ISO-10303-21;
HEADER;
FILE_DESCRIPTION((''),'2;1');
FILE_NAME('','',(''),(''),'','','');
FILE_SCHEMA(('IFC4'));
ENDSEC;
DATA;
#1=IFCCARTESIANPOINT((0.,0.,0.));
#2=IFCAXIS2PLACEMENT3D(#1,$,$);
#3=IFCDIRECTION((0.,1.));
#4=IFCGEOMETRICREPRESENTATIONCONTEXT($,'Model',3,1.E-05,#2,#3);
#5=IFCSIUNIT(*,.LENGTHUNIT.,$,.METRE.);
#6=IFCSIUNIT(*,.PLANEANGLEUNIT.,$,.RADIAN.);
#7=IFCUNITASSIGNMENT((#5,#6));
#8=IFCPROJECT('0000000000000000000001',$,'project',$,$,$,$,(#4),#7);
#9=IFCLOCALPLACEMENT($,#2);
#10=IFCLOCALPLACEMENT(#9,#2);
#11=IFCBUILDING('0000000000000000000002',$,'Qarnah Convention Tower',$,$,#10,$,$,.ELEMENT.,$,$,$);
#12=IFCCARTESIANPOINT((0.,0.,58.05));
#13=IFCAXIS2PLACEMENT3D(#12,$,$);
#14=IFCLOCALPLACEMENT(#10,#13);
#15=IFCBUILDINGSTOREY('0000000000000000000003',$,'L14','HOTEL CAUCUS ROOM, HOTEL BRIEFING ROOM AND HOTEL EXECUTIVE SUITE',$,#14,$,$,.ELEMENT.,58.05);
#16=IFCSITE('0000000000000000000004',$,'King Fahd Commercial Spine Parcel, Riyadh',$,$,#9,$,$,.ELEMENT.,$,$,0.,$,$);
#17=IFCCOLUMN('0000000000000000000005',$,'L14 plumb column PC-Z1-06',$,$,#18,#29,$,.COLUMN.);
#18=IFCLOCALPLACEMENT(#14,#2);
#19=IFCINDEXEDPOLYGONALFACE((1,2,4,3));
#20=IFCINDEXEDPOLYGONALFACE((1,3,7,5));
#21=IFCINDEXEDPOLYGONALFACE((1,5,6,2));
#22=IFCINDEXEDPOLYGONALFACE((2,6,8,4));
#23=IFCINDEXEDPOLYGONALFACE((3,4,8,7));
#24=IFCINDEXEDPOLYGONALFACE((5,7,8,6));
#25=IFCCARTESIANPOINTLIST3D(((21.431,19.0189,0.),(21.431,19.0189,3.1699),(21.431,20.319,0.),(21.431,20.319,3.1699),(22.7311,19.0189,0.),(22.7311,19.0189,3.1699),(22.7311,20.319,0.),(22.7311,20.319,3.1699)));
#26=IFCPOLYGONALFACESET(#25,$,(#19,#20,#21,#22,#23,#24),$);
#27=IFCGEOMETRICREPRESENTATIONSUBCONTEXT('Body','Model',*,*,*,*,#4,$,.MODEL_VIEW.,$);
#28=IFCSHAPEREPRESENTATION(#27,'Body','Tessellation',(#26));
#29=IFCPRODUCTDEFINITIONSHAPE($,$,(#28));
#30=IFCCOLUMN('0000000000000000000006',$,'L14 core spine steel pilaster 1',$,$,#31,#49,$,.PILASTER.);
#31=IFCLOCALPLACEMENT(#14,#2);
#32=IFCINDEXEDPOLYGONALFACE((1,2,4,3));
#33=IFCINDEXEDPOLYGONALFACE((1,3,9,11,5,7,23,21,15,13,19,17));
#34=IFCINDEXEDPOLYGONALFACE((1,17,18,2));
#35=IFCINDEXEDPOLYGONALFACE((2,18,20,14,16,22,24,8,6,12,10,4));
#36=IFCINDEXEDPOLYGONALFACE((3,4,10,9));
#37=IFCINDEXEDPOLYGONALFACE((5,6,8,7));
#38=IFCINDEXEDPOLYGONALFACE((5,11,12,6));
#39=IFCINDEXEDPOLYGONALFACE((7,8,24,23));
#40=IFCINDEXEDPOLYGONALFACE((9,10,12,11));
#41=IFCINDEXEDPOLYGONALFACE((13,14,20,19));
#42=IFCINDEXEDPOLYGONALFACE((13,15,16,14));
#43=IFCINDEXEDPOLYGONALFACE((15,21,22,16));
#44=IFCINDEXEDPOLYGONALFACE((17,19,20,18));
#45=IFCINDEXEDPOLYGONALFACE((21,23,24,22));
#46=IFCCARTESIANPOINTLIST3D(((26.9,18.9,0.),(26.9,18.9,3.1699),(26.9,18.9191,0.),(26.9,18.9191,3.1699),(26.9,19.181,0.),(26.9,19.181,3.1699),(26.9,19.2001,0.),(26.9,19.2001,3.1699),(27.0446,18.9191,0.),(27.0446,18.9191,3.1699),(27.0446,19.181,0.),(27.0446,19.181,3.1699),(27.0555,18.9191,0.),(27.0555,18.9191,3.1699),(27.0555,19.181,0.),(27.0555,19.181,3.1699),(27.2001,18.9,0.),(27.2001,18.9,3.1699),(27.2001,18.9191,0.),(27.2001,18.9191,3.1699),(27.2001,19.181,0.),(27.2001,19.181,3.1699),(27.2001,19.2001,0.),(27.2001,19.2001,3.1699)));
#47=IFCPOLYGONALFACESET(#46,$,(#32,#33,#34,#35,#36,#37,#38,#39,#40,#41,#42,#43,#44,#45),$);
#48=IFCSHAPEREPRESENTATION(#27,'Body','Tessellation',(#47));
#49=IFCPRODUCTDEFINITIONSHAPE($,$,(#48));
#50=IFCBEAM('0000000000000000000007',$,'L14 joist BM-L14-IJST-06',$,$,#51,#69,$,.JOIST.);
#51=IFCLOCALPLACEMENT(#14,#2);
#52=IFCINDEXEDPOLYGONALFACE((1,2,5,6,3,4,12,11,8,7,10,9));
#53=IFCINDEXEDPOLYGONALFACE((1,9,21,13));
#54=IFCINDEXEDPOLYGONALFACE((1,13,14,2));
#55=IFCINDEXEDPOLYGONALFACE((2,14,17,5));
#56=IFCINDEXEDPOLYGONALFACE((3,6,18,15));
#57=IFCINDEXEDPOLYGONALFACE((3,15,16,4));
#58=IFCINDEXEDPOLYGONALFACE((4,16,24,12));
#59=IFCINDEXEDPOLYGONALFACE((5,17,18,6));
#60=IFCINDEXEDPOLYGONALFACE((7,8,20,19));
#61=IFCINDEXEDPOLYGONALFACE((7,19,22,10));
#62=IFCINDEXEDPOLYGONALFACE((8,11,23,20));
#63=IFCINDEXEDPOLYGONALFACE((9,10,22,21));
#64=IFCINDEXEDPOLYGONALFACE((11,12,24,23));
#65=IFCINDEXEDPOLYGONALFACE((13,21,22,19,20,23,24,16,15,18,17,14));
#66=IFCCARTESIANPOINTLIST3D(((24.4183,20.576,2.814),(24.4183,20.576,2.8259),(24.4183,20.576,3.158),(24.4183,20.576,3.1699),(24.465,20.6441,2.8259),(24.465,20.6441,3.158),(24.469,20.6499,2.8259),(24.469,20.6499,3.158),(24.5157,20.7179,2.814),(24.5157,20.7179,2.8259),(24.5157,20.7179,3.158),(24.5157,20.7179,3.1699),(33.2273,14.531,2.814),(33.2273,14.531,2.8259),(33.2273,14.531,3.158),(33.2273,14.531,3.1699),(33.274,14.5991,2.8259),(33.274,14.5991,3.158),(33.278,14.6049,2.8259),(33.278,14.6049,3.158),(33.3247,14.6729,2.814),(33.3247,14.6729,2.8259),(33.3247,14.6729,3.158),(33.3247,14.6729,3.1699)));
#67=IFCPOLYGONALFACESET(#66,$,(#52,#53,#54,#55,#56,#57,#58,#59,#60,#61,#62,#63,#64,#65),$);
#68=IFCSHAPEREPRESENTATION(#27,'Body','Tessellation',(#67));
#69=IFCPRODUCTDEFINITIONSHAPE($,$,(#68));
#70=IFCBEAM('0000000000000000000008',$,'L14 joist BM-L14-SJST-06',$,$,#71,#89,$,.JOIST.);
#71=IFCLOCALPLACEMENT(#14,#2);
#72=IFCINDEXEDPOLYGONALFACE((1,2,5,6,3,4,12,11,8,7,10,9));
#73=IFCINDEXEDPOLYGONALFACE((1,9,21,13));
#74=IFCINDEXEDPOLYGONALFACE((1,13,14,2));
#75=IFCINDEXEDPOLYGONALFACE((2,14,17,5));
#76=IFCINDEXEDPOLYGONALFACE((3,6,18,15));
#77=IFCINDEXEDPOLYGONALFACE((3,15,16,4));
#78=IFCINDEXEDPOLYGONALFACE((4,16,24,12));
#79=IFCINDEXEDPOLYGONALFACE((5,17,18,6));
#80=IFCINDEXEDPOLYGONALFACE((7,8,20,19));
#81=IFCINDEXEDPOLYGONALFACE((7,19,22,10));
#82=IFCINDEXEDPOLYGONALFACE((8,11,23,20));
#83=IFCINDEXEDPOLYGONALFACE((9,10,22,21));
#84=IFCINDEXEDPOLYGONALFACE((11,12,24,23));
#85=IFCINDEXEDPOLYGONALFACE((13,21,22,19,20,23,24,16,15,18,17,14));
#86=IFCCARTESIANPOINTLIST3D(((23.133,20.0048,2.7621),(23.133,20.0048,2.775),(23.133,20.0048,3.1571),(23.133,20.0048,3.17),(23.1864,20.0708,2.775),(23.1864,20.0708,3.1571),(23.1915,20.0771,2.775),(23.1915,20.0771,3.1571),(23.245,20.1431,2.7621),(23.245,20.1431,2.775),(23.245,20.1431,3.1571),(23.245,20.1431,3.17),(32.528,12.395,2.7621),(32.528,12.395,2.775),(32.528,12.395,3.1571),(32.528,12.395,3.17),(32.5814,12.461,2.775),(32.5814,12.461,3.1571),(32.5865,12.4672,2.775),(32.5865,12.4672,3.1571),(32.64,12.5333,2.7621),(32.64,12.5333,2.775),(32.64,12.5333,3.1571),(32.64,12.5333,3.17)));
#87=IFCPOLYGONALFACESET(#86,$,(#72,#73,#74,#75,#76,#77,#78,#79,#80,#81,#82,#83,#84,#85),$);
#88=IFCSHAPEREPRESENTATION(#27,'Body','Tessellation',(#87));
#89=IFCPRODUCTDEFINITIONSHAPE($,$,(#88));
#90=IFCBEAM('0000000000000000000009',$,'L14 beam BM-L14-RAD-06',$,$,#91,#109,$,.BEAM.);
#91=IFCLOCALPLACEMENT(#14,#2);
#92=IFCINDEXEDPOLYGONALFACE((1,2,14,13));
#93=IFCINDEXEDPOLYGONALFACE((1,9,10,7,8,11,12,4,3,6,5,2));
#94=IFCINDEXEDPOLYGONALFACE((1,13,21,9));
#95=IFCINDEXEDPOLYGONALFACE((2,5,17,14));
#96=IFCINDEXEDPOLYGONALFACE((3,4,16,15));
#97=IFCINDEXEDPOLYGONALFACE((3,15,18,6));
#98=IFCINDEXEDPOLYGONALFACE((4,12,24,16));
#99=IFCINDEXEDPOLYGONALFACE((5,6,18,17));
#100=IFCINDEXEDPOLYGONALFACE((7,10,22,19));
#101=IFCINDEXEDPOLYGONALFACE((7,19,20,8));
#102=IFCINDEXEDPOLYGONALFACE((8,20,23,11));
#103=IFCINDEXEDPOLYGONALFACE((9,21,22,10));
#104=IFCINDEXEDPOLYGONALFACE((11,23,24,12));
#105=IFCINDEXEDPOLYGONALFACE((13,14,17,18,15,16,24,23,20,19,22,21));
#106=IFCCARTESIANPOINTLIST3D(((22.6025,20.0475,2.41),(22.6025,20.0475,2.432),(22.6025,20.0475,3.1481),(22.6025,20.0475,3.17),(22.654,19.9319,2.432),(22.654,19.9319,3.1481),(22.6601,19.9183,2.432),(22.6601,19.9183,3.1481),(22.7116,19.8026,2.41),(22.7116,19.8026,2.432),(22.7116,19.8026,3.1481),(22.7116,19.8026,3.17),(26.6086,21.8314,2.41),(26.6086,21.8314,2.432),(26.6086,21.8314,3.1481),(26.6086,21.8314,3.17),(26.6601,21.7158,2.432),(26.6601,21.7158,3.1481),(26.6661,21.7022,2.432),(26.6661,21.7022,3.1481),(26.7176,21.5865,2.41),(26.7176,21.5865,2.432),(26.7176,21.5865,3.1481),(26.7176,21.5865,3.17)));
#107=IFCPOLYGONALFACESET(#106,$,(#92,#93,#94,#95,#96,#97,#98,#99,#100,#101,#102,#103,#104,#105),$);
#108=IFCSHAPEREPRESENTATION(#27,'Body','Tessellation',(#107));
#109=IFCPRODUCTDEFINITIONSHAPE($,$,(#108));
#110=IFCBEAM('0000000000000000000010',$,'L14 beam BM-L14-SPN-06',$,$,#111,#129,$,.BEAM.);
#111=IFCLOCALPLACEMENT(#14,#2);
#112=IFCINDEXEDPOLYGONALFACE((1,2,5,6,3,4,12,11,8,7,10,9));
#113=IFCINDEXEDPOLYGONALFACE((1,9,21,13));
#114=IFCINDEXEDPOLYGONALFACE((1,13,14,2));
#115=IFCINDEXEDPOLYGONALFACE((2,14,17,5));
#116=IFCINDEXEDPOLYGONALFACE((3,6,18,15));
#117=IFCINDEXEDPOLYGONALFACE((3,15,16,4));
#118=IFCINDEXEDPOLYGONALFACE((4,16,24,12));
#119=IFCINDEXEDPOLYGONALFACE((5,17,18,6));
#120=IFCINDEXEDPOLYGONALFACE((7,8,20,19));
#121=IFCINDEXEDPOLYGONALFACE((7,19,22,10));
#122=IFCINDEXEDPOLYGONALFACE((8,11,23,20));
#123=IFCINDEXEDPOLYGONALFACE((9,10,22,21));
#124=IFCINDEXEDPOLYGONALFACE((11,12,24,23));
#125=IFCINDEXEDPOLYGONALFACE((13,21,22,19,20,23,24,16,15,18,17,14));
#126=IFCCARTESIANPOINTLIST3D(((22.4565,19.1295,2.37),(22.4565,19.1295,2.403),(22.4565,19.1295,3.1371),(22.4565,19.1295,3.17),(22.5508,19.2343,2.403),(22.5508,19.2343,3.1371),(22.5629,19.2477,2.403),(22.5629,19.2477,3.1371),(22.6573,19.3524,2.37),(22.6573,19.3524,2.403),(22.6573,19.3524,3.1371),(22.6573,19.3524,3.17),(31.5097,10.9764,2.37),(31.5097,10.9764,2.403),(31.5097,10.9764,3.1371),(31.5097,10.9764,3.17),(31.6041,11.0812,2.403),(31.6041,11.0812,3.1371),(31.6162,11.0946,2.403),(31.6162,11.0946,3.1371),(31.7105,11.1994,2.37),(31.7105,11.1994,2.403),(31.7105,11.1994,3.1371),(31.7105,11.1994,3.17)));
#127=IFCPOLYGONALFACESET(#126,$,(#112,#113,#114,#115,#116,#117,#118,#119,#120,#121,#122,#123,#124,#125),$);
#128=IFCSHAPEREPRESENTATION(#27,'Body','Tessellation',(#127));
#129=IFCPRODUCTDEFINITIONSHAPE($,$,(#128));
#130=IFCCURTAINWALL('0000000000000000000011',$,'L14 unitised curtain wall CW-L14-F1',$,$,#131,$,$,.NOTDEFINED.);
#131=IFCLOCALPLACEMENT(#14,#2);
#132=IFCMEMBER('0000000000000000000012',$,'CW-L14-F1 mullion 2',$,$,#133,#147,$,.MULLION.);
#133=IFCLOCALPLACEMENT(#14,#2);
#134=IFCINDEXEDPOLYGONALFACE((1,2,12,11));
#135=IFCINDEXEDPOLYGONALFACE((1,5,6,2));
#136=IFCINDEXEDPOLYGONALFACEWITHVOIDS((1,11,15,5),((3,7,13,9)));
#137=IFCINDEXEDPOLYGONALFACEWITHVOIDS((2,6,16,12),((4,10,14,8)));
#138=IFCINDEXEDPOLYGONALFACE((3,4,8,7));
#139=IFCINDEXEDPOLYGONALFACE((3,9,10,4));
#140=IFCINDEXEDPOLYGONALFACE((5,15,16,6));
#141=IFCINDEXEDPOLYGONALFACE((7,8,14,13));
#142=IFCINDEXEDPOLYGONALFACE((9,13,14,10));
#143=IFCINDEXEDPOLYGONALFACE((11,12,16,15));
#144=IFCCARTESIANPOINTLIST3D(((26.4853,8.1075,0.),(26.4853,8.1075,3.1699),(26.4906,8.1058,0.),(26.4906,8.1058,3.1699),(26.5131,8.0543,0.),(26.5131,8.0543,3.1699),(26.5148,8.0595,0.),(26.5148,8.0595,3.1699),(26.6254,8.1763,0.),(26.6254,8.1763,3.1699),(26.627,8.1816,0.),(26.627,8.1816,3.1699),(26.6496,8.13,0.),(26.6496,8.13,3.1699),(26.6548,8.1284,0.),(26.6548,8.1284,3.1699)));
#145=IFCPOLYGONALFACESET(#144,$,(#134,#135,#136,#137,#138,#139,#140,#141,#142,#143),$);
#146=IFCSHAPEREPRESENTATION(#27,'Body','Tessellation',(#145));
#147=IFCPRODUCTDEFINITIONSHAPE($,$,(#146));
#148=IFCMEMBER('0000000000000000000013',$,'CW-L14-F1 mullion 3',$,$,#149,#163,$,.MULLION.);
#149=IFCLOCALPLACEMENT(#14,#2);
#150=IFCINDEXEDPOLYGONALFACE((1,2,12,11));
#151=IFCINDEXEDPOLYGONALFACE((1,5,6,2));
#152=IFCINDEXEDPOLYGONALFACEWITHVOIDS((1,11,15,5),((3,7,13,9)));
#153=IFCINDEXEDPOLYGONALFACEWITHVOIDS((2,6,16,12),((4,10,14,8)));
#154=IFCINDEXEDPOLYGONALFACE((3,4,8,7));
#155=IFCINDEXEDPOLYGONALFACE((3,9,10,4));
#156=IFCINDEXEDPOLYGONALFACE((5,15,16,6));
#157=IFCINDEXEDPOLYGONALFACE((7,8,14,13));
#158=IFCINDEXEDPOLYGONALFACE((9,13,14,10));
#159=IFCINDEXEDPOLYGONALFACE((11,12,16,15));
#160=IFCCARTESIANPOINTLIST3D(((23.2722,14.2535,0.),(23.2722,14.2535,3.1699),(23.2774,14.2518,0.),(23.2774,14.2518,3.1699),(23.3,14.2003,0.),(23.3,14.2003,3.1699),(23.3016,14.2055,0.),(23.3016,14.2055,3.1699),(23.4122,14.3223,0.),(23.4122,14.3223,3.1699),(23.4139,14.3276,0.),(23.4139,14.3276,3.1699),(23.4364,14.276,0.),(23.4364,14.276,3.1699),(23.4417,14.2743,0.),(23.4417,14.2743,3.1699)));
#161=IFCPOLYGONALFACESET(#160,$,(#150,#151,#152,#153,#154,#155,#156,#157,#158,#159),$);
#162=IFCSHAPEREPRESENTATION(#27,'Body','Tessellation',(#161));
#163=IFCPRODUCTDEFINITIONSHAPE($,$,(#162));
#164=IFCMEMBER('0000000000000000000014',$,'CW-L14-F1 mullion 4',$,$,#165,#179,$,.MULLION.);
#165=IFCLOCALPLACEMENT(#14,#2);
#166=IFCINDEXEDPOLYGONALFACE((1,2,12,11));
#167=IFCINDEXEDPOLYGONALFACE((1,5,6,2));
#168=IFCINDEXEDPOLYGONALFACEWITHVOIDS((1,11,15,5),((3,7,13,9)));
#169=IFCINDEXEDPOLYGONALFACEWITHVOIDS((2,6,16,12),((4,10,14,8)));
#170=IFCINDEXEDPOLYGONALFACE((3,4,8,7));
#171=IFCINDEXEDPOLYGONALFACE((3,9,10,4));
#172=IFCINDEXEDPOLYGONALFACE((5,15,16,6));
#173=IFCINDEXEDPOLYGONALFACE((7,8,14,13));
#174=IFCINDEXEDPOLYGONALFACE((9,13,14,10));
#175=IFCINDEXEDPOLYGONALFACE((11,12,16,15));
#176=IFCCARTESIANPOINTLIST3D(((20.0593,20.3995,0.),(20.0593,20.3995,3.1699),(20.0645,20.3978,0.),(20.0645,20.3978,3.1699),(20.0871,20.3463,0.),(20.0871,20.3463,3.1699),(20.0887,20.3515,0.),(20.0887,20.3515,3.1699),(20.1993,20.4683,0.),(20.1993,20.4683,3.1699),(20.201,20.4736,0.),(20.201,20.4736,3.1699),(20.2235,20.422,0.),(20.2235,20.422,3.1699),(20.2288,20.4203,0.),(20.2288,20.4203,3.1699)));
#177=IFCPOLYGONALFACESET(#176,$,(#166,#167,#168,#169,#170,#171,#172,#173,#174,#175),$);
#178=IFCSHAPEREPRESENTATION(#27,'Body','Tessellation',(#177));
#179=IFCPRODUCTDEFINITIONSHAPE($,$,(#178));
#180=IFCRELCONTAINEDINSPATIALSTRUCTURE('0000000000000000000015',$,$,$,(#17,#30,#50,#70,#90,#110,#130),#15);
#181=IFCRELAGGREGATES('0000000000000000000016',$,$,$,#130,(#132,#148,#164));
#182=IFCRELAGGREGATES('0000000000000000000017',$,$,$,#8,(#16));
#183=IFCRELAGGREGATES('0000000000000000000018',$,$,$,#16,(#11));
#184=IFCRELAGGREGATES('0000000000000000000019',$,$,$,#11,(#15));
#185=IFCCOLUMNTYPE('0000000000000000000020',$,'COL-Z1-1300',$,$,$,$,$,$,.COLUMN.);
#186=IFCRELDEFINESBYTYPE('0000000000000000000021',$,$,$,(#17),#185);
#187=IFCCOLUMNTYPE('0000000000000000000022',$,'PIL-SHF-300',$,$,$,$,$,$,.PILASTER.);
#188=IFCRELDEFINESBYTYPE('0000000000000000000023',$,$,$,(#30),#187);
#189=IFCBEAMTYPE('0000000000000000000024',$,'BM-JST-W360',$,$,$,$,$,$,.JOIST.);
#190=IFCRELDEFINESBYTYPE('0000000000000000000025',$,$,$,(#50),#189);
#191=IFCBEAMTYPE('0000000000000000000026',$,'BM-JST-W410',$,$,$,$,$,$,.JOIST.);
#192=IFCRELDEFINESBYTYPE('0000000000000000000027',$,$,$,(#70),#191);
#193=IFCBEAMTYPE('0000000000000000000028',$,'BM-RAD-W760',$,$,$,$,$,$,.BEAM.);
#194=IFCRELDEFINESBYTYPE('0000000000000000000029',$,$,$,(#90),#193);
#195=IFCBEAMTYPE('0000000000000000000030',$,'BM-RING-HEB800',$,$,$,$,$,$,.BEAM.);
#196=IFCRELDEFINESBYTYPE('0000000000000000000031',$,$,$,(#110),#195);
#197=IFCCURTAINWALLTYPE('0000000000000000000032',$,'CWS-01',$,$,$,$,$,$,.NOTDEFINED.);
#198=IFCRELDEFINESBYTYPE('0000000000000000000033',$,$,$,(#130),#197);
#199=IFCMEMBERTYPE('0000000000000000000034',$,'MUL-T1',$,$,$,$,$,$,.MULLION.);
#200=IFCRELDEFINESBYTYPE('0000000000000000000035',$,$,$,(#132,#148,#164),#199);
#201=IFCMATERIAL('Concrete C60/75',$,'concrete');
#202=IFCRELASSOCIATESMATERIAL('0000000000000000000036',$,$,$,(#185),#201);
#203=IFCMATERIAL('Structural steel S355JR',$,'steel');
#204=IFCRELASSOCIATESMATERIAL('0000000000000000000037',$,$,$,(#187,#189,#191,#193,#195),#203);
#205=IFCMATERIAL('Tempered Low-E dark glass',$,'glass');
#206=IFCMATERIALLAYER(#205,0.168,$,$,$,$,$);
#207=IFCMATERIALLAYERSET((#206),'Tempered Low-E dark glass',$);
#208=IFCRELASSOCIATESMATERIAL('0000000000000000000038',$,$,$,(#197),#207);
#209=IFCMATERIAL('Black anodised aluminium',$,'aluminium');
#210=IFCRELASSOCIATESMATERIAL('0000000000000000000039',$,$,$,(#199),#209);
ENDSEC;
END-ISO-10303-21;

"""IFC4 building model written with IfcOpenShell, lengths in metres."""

from ifc_helpers import new_model, si_unit, direction, frame, origin, origin_2d, place, context, subcontext, project, spatial, rectangle, hollow_rectangle, i_section, extrude, material, layer, layer_set, material_profile, profile_set, type_object, element, aggregate, save


model = new_model("IFC4")

# Units and contexts
model_context = context("Model", 3, precision=1e-05, world=origin(), true_north=direction((0.0, 1.0)))
body_context = subcontext(model_context, "Body", "Model", "MODEL_VIEW")
ifc_project = project(units=[si_unit("LENGTHUNIT", "METRE"), si_unit("PLANEANGLEUNIT", "RADIAN")], contexts=[model_context])

# Site, building, storey
site_placement = place(None, origin())
site = spatial("IfcSite", under=ifc_project, at=site_placement, Name="King Fahd Commercial Spine Parcel, Riyadh", CompositionType="ELEMENT", RefElevation=0.0)
building_placement = place(site_placement, origin())
building = spatial("IfcBuilding", under=site, at=building_placement, Name="Qarnah Convention Tower", CompositionType="ELEMENT")
storey_placement = place(building_placement, frame((0.0, 0.0, 58.05)))
storey = spatial("IfcBuildingStorey", under=building, at=storey_placement, Name="L14", Description="HOTEL CAUCUS ROOM, HOTEL BRIEFING ROOM AND HOTEL EXECUTIVE SUITE", CompositionType="ELEMENT", Elevation=58.05)

# Columns
ifc_material_1 = material(Name="Concrete C60/75", Category="concrete")
ifc_material_profile_1 = material_profile(ifc_material_1, rectangle(XDim=1.3, YDim=1.3, at=origin_2d()), Name="RC-COL-1300X1300")
ifc_profile_set_1 = profile_set([ifc_material_profile_1], Name="Concrete C60/75")
column_type_1 = type_object("IfcColumnType", Name="COL-Z1-1300", PredefinedType="COLUMN", material=ifc_profile_set_1)
column_1_placement = place(storey_placement, frame((22.0811, 19.6689, 0.0), z_axis=(0.0, 0.0, 1.0), x_axis=(1.0, 0.0, 0.0)))
element("IfcColumn", 1, at=column_1_placement, inside=storey, type_object=column_type_1, Name="L14 plumb column PC-Z1-06", PredefinedType="COLUMN", context=body_context, shape_type="SweptSolid", body=[
    extrude(rectangle(XDim=1.3, YDim=1.3, at=origin_2d()), origin(), (0.0, 0.0, 1.0), 3.1699),
])
ifc_material_2 = material(Name="Structural steel S355JR", Category="steel")
ifc_material_profile_2 = material_profile(ifc_material_2, i_section(OverallWidth=0.3, OverallDepth=0.3, WebThickness=0.011, FlangeThickness=0.019, at=origin_2d()), Name="HEB300")
ifc_profile_set_2 = profile_set([ifc_material_profile_2], Name="Structural steel S355JR")
column_type_2 = type_object("IfcColumnType", Name="PIL-SHF-300", PredefinedType="PILASTER", material=ifc_profile_set_2)
column_2_placement = place(storey_placement, frame((27.05, 19.05, 0.0), z_axis=(0.0, 0.0, 1.0), x_axis=(1.0, 0.0, 0.0)))
element("IfcColumn", 2, at=column_2_placement, inside=storey, type_object=column_type_2, Name="L14 core spine steel pilaster 1", PredefinedType="PILASTER", context=body_context, shape_type="SweptSolid", body=[
    extrude(i_section(OverallWidth=0.3, OverallDepth=0.3, WebThickness=0.011, FlangeThickness=0.019, at=origin_2d()), origin(), (0.0, 0.0, 1.0), 3.1699),
])

# Beams
ifc_material_profile_3 = material_profile(ifc_material_2, i_section(OverallWidth=0.1721, OverallDepth=0.356, WebThickness=0.0071, FlangeThickness=0.012, at=origin_2d()), Name="W360X51")
ifc_profile_set_3 = profile_set([ifc_material_profile_3], Name="Structural steel S355JR")
beam_type_1 = type_object("IfcBeamType", Name="BM-JST-W360", PredefinedType="JOIST", material=ifc_profile_set_3)
beam_1_placement = place(storey_placement, frame((24.467, 20.647, 2.9919), z_axis=(0.824529, -0.56582, 0.0), x_axis=(0.56582, 0.824529, 0.0)))
element("IfcBeam", 3, at=beam_1_placement, inside=storey, type_object=beam_type_1, Name="L14 joist BM-L14-IJST-06", PredefinedType="JOIST", context=body_context, shape_type="SweptSolid", body=[
    extrude(i_section(OverallWidth=0.1721, OverallDepth=0.356, WebThickness=0.0071, FlangeThickness=0.012, at=origin_2d()), origin(), (0.0, 0.0, 1.0), 10.6836),
])
ifc_material_profile_4 = material_profile(ifc_material_2, i_section(OverallWidth=0.178, OverallDepth=0.408, WebThickness=0.0081, FlangeThickness=0.0129, at=origin_2d()), Name="W410X60")
ifc_profile_set_4 = profile_set([ifc_material_profile_4], Name="Structural steel S355JR")
beam_type_2 = type_object("IfcBeamType", Name="BM-JST-W410", PredefinedType="JOIST", material=ifc_profile_set_4)
beam_2_placement = place(storey_placement, frame((23.189, 20.074, 2.9661), z_axis=(0.777068, -0.629417, 0.0), x_axis=(0.629417, 0.777068, 0.0)))
element("IfcBeam", 4, at=beam_2_placement, inside=storey, type_object=beam_type_2, Name="L14 joist BM-L14-SJST-06", PredefinedType="JOIST", context=body_context, shape_type="SweptSolid", body=[
    extrude(i_section(OverallWidth=0.178, OverallDepth=0.408, WebThickness=0.0081, FlangeThickness=0.0129, at=origin_2d()), origin(), (0.0, 0.0, 1.0), 12.0903),
])
ifc_material_profile_5 = material_profile(ifc_material_2, i_section(OverallWidth=0.2681, OverallDepth=0.76, WebThickness=0.0149, FlangeThickness=0.022, at=origin_2d()), Name="W760X185")
ifc_profile_set_5 = profile_set([ifc_material_profile_5], Name="Structural steel S355JR")
beam_type_3 = type_object("IfcBeamType", Name="BM-RAD-W760", PredefinedType="BEAM", material=ifc_profile_set_5)
beam_3_placement = place(storey_placement, frame((26.6631, 21.709, 2.79), z_axis=(-0.91352, -0.406794, 0.0), x_axis=(0.406794, -0.91352, 0.0)))
element("IfcBeam", 5, at=beam_3_placement, inside=storey, type_object=beam_type_3, Name="L14 beam BM-L14-RAD-06", PredefinedType="BEAM", context=body_context, shape_type="SweptSolid", body=[
    extrude(i_section(OverallWidth=0.2681, OverallDepth=0.76, WebThickness=0.0149, FlangeThickness=0.022, at=origin_2d()), origin(), (0.0, 0.0, 1.0), 4.3853),
])
ifc_material_profile_6 = material_profile(ifc_material_2, i_section(OverallWidth=0.3, OverallDepth=0.8, WebThickness=0.0181, FlangeThickness=0.033, at=origin_2d()), Name="HEB800")
ifc_profile_set_6 = profile_set([ifc_material_profile_6], Name="Structural steel S355JR")
beam_type_4 = type_object("IfcBeamType", Name="BM-RING-HEB800", PredefinedType="BEAM", material=ifc_profile_set_6)
beam_4_placement = place(storey_placement, frame((22.5569, 19.241, 2.77), z_axis=(0.743083, -0.669199, 0.0), x_axis=(0.669199, 0.743083, 0.0)))
element("IfcBeam", 6, at=beam_4_placement, inside=storey, type_object=beam_type_4, Name="L14 beam BM-L14-SPN-06", PredefinedType="BEAM", context=body_context, shape_type="SweptSolid", body=[
    extrude(i_section(OverallWidth=0.3, OverallDepth=0.8, WebThickness=0.0181, FlangeThickness=0.033, at=origin_2d()), origin(), (0.0, 0.0, 1.0), 12.1833),
])

# Curtain wall, members
ifc_material_3 = material(Name="Tempered Low-E dark glass", Category="glass")
ifc_layer_1 = layer(ifc_material_3, 0.168)
ifc_layer_set_1 = layer_set([ifc_layer_1], Name="Tempered Low-E dark glass")
curtain_wall_type = type_object("IfcCurtainWallType", Name="CWS-01", PredefinedType="NOTDEFINED", material=ifc_layer_set_1)
curtain_wall_placement = place(storey_placement, origin())
curtain_wall = element("IfcCurtainWall", 7, at=curtain_wall_placement, inside=storey, type_object=curtain_wall_type, Name="L14 unitised curtain wall CW-L14-F1", PredefinedType="NOTDEFINED")
ifc_material_4 = material(Name="Black anodised aluminium", Category="aluminium")
ifc_material_profile_7 = material_profile(ifc_material_4, hollow_rectangle(XDim=0.0601, YDim=0.1599, WallThickness=0.0039, at=origin_2d()), Name="MUL-60X160")
ifc_profile_set_7 = profile_set([ifc_material_profile_7], Name="Black anodised aluminium")
member_type = type_object("IfcMemberType", Name="MUL-T1", PredefinedType="MULLION", material=ifc_profile_set_7)
member_1_placement = place(storey_placement, frame((26.5701, 8.1179, 0.0), z_axis=(0.0, 0.0, 1.0), x_axis=(-0.46329, 0.886207, 0.0)))
member_1 = element("IfcMember", 8, at=member_1_placement, type_object=member_type, Name="CW-L14-F1 mullion 2", PredefinedType="MULLION", context=body_context, shape_type="SweptSolid", body=[
    extrude(hollow_rectangle(XDim=0.0601, YDim=0.1599, WallThickness=0.0039, at=origin_2d()), origin(), (0.0, 0.0, 1.0), 3.1699),
])
member_2_placement = place(storey_placement, frame((23.3569, 14.2639, 0.0), z_axis=(0.0, 0.0, 1.0), x_axis=(-0.46329, 0.886207, 0.0)))
member_2 = element("IfcMember", 9, at=member_2_placement, type_object=member_type, Name="CW-L14-F1 mullion 3", PredefinedType="MULLION", context=body_context, shape_type="SweptSolid", body=[
    extrude(hollow_rectangle(XDim=0.0601, YDim=0.1599, WallThickness=0.0039, at=origin_2d()), origin(), (0.0, 0.0, 1.0), 3.1699),
])
member_3_placement = place(storey_placement, frame((20.144, 20.4099, 0.0), z_axis=(0.0, 0.0, 1.0), x_axis=(-0.46329, 0.886207, 0.0)))
member_3 = element("IfcMember", 10, at=member_3_placement, type_object=member_type, Name="CW-L14-F1 mullion 4", PredefinedType="MULLION", context=body_context, shape_type="SweptSolid", body=[
    extrude(hollow_rectangle(XDim=0.0601, YDim=0.1599, WallThickness=0.0039, at=origin_2d()), origin(), (0.0, 0.0, 1.0), 3.1699),
])
aggregate(curtain_wall, [member_1, member_2, member_3])

save(model, "model.ifc")
